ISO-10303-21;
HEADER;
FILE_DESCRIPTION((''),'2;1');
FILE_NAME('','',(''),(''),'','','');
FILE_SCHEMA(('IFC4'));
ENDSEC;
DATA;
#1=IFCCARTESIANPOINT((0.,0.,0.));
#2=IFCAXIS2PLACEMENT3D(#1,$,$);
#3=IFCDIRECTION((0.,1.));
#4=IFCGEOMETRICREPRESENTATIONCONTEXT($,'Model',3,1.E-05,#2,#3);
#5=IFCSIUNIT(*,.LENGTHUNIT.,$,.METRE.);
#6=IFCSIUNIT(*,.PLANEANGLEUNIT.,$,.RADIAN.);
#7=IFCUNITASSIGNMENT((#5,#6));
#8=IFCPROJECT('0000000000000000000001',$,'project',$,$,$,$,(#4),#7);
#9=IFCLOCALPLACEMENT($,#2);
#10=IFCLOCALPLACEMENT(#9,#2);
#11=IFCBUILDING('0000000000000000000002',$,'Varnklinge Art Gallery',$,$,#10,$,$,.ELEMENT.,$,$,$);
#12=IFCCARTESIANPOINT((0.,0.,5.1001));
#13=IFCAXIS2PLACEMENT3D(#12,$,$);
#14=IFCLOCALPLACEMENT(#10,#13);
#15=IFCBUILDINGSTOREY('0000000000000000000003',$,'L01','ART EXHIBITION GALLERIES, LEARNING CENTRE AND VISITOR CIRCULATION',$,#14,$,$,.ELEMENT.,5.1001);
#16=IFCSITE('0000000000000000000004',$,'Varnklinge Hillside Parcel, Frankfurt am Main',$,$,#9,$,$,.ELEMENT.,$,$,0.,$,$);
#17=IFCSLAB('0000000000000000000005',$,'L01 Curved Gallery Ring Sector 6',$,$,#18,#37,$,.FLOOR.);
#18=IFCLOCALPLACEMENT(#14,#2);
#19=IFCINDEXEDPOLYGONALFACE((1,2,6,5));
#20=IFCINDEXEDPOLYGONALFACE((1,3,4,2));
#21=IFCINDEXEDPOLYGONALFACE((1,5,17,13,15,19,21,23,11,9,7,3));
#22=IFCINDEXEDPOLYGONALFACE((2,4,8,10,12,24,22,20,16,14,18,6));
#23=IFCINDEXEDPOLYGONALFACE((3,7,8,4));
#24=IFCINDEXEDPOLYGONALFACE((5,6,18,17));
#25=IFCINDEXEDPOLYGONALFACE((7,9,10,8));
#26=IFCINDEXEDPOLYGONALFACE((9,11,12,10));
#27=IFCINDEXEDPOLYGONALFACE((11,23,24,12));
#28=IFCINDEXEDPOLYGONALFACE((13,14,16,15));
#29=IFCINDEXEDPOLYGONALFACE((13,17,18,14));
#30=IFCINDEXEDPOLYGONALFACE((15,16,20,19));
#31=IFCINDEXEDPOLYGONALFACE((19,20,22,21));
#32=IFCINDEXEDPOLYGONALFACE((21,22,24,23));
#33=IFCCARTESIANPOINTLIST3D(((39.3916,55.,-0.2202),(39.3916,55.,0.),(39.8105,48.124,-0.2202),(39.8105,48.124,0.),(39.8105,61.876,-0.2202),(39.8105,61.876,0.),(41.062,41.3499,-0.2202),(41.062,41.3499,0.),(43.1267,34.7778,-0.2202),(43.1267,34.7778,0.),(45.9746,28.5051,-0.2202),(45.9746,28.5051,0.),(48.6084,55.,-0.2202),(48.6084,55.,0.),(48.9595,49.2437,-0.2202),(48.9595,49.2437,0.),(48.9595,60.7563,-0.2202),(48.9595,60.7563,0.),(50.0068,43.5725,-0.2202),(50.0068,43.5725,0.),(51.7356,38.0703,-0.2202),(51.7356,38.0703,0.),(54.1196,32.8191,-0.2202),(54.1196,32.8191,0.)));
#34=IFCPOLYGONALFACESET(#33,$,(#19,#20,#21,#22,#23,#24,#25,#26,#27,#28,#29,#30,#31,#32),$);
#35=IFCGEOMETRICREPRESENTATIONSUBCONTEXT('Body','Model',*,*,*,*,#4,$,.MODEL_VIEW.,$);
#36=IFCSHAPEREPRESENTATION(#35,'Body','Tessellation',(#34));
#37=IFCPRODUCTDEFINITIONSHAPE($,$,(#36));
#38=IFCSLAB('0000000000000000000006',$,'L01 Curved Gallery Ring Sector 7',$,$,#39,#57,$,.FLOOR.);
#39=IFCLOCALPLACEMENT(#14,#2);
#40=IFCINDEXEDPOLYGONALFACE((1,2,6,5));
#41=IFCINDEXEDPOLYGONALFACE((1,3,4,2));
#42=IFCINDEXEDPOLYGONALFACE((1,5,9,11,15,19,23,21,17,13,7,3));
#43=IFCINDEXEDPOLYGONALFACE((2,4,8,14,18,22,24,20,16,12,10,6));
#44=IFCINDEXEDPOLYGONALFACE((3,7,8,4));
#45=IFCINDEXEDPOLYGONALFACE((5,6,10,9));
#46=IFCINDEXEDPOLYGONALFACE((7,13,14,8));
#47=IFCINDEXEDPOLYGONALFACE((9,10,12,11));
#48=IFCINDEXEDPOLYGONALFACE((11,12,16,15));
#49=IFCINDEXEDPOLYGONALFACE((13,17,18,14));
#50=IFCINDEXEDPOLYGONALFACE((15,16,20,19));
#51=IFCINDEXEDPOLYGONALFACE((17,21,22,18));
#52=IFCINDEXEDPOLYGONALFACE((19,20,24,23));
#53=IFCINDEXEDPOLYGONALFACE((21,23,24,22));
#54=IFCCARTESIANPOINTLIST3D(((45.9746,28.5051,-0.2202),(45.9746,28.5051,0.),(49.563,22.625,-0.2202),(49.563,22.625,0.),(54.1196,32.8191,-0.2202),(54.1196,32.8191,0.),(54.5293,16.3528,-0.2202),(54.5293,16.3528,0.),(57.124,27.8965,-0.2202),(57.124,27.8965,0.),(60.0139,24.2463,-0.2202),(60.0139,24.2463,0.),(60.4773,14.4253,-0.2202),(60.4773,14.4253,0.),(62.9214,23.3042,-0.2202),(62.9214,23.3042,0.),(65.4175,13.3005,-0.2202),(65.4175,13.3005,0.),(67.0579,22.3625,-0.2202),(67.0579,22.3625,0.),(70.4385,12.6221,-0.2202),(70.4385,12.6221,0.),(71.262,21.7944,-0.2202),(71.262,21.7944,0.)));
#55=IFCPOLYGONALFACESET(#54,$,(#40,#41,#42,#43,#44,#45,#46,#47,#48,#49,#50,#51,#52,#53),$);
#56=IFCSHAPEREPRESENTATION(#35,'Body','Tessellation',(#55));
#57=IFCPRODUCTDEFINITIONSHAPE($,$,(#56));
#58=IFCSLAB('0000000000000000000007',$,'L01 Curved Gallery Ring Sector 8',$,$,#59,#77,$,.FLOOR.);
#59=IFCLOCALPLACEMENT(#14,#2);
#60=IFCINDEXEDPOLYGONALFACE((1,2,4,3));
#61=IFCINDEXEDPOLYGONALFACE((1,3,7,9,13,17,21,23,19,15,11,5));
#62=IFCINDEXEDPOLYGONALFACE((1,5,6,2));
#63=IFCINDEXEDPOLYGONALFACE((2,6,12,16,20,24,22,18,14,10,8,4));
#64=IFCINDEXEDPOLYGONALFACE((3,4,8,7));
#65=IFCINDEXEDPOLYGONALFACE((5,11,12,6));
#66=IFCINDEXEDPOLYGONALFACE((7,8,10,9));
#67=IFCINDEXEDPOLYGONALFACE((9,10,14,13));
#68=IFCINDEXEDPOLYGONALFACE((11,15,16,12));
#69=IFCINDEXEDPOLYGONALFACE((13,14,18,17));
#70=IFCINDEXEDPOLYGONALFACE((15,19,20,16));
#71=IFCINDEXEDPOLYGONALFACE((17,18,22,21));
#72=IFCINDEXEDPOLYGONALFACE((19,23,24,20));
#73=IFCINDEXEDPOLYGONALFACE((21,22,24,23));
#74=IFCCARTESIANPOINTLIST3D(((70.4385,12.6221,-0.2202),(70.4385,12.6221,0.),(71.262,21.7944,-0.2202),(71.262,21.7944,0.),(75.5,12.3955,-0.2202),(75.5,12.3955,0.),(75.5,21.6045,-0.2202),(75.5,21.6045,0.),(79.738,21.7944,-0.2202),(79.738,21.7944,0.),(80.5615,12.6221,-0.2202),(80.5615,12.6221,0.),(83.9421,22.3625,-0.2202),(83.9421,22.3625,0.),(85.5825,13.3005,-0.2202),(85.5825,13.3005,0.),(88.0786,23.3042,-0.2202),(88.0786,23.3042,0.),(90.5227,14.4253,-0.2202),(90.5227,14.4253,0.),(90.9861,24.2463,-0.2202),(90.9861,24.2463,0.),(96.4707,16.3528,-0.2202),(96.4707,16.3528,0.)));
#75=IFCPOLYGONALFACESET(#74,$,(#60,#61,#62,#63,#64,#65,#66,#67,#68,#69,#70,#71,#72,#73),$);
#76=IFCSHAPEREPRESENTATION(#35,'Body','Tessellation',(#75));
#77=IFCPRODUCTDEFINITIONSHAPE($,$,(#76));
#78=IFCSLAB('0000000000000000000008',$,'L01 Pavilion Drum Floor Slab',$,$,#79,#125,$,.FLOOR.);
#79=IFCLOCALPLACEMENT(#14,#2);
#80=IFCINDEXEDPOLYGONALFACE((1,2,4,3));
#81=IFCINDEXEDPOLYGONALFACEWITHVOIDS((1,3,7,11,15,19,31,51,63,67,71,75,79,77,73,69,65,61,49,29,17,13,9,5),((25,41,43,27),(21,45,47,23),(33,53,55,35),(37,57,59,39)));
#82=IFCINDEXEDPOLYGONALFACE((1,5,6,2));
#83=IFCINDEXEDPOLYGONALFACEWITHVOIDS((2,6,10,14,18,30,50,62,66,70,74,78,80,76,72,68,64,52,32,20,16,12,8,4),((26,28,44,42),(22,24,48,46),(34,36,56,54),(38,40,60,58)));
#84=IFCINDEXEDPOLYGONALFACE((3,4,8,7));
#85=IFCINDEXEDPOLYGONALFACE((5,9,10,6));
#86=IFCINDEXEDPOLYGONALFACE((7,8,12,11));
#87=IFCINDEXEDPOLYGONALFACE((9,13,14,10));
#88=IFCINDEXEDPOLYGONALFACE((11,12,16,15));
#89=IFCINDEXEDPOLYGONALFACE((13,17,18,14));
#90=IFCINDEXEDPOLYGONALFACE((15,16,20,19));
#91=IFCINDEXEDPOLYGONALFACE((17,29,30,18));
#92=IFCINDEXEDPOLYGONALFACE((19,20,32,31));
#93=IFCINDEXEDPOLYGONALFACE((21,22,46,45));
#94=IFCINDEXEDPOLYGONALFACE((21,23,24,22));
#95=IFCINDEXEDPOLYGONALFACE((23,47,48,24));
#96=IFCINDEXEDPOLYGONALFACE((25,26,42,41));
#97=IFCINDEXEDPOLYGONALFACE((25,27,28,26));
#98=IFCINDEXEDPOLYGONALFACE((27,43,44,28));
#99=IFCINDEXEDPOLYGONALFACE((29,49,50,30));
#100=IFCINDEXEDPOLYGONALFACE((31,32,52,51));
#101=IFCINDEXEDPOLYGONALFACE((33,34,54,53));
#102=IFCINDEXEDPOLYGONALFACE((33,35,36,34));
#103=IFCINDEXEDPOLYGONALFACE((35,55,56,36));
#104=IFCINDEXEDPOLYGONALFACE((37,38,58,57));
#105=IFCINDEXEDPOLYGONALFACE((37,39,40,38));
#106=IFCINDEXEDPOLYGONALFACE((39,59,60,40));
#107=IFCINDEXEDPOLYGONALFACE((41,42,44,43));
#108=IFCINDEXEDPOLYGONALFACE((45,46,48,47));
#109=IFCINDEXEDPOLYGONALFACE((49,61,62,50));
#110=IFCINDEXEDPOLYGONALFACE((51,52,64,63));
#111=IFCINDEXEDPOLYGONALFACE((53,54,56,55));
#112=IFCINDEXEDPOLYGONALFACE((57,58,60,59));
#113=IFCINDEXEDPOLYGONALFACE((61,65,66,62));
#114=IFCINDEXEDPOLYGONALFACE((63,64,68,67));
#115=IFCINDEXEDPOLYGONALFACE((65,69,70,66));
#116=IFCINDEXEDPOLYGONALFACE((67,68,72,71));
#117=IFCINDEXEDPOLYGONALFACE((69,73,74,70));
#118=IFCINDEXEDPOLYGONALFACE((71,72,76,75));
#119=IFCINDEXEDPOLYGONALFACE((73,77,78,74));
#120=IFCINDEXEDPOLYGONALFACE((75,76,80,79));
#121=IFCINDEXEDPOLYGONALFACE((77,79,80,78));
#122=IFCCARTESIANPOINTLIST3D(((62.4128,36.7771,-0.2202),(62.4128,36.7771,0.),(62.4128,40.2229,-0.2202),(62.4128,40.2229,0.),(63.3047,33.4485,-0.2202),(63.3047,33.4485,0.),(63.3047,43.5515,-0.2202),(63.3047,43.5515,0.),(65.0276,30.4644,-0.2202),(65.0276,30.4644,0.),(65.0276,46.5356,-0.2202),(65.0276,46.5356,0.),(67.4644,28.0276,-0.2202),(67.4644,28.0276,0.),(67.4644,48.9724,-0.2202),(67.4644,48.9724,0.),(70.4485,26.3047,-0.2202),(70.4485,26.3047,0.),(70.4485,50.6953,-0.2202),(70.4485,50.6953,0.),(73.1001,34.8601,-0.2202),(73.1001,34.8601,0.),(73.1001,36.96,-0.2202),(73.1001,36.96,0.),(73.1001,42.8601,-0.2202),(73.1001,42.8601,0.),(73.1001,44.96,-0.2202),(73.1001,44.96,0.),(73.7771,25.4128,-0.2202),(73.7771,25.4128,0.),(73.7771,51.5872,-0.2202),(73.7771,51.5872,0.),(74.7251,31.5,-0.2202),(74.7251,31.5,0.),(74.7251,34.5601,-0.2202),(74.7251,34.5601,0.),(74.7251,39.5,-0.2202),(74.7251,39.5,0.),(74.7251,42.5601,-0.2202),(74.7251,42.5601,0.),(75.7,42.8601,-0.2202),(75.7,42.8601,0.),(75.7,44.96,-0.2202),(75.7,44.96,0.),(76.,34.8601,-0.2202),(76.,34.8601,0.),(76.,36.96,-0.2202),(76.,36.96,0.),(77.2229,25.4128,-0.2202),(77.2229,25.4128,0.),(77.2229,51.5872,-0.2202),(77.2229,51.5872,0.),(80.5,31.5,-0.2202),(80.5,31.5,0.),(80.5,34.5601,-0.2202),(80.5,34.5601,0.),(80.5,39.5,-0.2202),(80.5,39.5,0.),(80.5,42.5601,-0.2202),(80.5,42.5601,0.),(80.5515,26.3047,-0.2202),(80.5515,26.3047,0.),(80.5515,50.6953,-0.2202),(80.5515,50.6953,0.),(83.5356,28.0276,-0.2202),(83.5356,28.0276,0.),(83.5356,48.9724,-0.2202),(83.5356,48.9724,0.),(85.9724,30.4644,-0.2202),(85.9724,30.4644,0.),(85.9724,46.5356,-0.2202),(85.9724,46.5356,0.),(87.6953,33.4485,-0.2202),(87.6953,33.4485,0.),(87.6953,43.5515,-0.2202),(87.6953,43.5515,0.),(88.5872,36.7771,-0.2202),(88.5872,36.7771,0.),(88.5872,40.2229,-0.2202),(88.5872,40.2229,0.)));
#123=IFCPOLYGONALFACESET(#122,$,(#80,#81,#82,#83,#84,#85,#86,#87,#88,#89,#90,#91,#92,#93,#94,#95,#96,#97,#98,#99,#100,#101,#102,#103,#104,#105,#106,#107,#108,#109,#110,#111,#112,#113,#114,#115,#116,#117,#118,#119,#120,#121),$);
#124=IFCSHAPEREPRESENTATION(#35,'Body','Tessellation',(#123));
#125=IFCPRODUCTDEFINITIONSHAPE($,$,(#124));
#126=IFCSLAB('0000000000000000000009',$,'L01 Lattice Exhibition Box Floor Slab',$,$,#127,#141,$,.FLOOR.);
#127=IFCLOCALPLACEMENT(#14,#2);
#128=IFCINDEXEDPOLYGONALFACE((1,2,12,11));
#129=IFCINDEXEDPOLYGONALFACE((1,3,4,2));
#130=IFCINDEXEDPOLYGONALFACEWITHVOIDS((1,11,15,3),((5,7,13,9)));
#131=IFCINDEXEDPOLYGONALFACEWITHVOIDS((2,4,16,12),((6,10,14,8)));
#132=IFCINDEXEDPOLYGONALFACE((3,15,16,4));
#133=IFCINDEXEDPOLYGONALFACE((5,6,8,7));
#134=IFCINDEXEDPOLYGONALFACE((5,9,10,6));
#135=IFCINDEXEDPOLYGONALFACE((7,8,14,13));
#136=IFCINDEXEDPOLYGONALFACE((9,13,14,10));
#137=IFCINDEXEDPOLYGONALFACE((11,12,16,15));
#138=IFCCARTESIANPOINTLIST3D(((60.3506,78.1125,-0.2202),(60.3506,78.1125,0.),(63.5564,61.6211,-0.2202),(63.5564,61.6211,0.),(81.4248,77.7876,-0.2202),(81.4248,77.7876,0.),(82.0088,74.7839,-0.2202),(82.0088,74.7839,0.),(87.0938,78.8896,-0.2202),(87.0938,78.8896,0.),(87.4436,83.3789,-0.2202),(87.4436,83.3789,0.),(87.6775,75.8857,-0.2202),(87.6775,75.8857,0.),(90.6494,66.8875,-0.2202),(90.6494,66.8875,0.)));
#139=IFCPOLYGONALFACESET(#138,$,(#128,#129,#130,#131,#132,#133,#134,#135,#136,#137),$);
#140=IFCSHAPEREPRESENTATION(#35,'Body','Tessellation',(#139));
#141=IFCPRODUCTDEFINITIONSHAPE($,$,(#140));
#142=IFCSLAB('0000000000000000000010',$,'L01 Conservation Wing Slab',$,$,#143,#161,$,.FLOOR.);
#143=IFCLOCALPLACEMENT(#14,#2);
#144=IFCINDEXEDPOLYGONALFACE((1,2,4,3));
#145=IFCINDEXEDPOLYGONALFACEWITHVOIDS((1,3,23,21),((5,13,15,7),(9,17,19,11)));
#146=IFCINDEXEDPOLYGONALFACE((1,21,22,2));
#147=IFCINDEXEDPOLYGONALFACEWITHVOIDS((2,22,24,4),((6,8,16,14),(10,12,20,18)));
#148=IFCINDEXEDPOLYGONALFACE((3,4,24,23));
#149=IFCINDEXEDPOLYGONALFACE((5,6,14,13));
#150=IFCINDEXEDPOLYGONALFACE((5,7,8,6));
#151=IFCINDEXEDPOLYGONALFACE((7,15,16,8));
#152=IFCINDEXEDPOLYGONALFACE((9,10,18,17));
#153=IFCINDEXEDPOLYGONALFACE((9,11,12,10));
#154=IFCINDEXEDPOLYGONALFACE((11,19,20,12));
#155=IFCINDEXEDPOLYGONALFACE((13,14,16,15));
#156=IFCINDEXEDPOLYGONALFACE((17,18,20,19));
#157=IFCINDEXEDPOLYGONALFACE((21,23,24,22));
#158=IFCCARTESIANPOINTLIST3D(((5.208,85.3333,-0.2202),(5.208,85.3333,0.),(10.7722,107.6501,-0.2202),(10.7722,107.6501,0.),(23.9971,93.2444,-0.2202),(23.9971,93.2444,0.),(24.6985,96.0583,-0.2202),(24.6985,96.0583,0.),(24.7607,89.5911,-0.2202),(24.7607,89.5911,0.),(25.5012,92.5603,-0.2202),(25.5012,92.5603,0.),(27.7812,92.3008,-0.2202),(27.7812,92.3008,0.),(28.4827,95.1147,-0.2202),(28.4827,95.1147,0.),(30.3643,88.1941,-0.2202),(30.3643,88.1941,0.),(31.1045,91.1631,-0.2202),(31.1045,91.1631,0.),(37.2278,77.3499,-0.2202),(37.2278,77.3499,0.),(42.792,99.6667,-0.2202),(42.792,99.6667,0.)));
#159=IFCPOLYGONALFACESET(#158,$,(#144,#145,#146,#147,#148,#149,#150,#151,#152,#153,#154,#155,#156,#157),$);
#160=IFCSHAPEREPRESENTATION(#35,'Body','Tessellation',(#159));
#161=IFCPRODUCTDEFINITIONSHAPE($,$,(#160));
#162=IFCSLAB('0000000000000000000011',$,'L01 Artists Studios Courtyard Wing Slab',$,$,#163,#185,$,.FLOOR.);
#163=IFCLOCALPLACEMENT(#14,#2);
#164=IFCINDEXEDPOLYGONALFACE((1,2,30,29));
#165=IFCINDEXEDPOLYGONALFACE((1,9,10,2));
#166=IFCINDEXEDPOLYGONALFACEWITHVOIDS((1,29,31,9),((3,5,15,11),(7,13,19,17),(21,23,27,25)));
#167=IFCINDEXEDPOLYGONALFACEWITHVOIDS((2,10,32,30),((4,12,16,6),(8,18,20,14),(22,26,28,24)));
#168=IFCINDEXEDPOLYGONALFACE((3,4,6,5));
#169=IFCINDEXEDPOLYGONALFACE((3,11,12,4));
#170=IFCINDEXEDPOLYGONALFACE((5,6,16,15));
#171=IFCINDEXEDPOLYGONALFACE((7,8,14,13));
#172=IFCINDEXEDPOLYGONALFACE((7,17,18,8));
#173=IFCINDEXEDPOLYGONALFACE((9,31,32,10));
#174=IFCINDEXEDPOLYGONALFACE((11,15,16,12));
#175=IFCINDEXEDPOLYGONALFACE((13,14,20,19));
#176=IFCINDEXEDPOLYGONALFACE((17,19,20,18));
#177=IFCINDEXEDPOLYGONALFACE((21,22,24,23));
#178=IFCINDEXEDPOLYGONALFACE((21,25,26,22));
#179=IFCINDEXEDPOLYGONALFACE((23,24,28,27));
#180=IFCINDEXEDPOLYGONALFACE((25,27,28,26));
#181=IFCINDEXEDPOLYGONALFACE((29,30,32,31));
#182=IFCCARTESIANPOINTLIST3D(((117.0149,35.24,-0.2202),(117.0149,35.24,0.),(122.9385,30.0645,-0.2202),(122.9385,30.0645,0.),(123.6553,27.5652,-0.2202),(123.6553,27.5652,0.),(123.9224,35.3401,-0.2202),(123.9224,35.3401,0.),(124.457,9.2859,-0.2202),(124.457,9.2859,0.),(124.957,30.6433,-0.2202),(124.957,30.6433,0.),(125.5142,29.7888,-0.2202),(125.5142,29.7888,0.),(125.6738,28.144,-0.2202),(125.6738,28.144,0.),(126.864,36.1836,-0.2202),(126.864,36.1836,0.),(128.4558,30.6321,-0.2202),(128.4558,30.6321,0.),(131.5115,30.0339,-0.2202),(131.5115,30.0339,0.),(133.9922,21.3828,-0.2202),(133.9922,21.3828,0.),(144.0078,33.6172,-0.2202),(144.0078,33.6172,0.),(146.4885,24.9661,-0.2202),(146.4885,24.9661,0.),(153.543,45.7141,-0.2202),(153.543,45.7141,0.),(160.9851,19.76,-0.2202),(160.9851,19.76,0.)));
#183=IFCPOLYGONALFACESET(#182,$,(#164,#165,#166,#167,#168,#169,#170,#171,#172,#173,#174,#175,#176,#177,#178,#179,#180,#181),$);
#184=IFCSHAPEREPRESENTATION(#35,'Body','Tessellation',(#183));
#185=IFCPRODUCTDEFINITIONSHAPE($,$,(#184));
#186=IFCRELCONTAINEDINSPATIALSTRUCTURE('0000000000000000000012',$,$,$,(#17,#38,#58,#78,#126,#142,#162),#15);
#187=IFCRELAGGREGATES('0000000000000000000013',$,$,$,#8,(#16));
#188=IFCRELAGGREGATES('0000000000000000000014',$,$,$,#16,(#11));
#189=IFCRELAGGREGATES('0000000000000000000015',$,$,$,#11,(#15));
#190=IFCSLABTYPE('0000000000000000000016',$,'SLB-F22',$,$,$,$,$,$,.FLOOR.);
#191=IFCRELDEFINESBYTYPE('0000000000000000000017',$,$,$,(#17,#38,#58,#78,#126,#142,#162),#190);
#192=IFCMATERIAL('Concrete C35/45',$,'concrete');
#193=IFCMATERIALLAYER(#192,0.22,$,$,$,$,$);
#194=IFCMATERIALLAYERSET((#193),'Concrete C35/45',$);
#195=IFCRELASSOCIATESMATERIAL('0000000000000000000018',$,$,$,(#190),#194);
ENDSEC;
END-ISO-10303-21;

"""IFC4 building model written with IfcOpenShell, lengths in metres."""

from ifc_helpers import new_model, si_unit, direction, frame, origin, place, context, subcontext, project, spatial, polyline, outline, extrude, material, layer, layer_set, type_object, element, save


model = new_model("IFC4")

# Units and contexts
model_context = context("Model", 3, precision=1e-05, world=origin(), true_north=direction((0.0, 1.0)))
body_context = subcontext(model_context, "Body", "Model", "MODEL_VIEW")
ifc_project = project(units=[si_unit("LENGTHUNIT", "METRE"), si_unit("PLANEANGLEUNIT", "RADIAN")], contexts=[model_context])

# Site, building, storey
site_placement = place(None, origin())
site = spatial("IfcSite", under=ifc_project, at=site_placement, Name="Varnklinge Hillside Parcel, Frankfurt am Main", CompositionType="ELEMENT", RefElevation=0.0)
building_placement = place(site_placement, origin())
building = spatial("IfcBuilding", under=site, at=building_placement, Name="Varnklinge Art Gallery", CompositionType="ELEMENT")
storey_placement = place(building_placement, frame((0.0, 0.0, 5.1001)))
storey = spatial("IfcBuildingStorey", under=building, at=storey_placement, Name="L01", Description="ART EXHIBITION GALLERIES, LEARNING CENTRE AND VISITOR CIRCULATION", CompositionType="ELEMENT", Elevation=5.1001)

# Slabs
ifc_material_1 = material(Name="Concrete C35/45", Category="concrete")
ifc_layer_1 = layer(ifc_material_1, 0.22)
ifc_layer_set_1 = layer_set([ifc_layer_1], Name="Concrete C35/45")
slab_type_1 = type_object("IfcSlabType", Name="SLB-F22", PredefinedType="FLOOR", material=ifc_layer_set_1)
slab_1_placement = place(storey_placement, frame((0.0, 0.0, -0.2202)))
element("IfcSlab", 1, at=slab_1_placement, inside=storey, type_object=slab_type_1, Name="L01 Curved Gallery Ring Sector 6", PredefinedType="FLOOR", context=body_context, shape_type="SweptSolid", body=[
    extrude(outline(polyline([(39.3916, 55.0), (39.8105, 48.124), (41.062, 41.3499), (43.1267, 34.7778), (45.9746, 28.5051), (54.1196, 32.8191), (51.7356, 38.0703), (50.0068, 43.5725), (48.9595, 49.2437), (48.6084, 55.0), (48.9595, 60.7563), (39.8105, 61.876), (39.3916, 55.0)])), origin(), (0.0, 0.0, 1.0), 0.2202),
])
slab_2_placement = place(storey_placement, frame((0.0, 0.0, -0.2202)))
element("IfcSlab", 2, at=slab_2_placement, inside=storey, type_object=slab_type_1, Name="L01 Curved Gallery Ring Sector 7", PredefinedType="FLOOR", context=body_context, shape_type="SweptSolid", body=[
    extrude(outline(polyline([(49.563, 22.625), (54.5293, 16.3528), (60.4773, 14.4253), (65.4175, 13.3005), (70.4385, 12.6221), (71.262, 21.7944), (67.0579, 22.3625), (62.9214, 23.3042), (60.0139, 24.2463), (57.124, 27.8965), (54.1196, 32.8191), (45.9746, 28.5051), (49.563, 22.625)])), origin(), (0.0, 0.0, 1.0), 0.2202),
])
slab_3_placement = place(storey_placement, frame((0.0, 0.0, -0.2202)))
element("IfcSlab", 3, at=slab_3_placement, inside=storey, type_object=slab_type_1, Name="L01 Curved Gallery Ring Sector 8", PredefinedType="FLOOR", context=body_context, shape_type="SweptSolid", body=[
    extrude(outline(polyline([(75.5, 12.3955), (80.5615, 12.6221), (85.5825, 13.3005), (90.5227, 14.4253), (96.4707, 16.3528), (90.9861, 24.2463), (88.0786, 23.3042), (83.9421, 22.3625), (79.738, 21.7944), (75.5, 21.6045), (71.262, 21.7944), (70.4385, 12.6221), (75.5, 12.3955)])), origin(), (0.0, 0.0, 1.0), 0.2202),
])
slab_4_placement = place(storey_placement, frame((0.0, 0.0, -0.2202)))
element("IfcSlab", 4, at=slab_4_placement, inside=storey, type_object=slab_type_1, Name="L01 Pavilion Drum Floor Slab", PredefinedType="FLOOR", context=body_context, shape_type="SweptSolid", body=[
    extrude(outline(polyline([(85.9724, 30.4644), (87.6953, 33.4485), (88.5872, 36.7771), (88.5872, 40.2229), (87.6953, 43.5515), (85.9724, 46.5356), (83.5356, 48.9724), (80.5515, 50.6953), (77.2229, 51.5872), (73.7771, 51.5872), (70.4485, 50.6953), (67.4644, 48.9724), (65.0276, 46.5356), (63.3047, 43.5515), (62.4128, 40.2229), (62.4128, 36.7771), (63.3047, 33.4485), (65.0276, 30.4644), (67.4644, 28.0276), (70.4485, 26.3047), (73.7771, 25.4128), (77.2229, 25.4128), (80.5515, 26.3047), (83.5356, 28.0276), (85.9724, 30.4644)]), holes=[polyline([(74.7251, 31.5), (74.7251, 34.5601), (80.5, 34.5601), (80.5, 31.5), (74.7251, 31.5)]), polyline([(73.1001, 36.96), (76.0, 36.96), (76.0, 34.8601), (73.1001, 34.8601), (73.1001, 36.96)]), polyline([(80.5, 42.5601), (80.5, 39.5), (74.7251, 39.5), (74.7251, 42.5601), (80.5, 42.5601)]), polyline([(75.7, 42.8601), (73.1001, 42.8601), (73.1001, 44.96), (75.7, 44.96), (75.7, 42.8601)])]), origin(), (0.0, 0.0, 1.0), 0.2202),
])
slab_5_placement = place(storey_placement, frame((0.0, 0.0, -0.2202)))
element("IfcSlab", 5, at=slab_5_placement, inside=storey, type_object=slab_type_1, Name="L01 Lattice Exhibition Box Floor Slab", PredefinedType="FLOOR", context=body_context, shape_type="SweptSolid", body=[
    extrude(outline(polyline([(63.5564, 61.6211), (90.6494, 66.8875), (87.4436, 83.3789), (60.3506, 78.1125), (63.5564, 61.6211)]), holes=[polyline([(81.4248, 77.7876), (87.0938, 78.8896), (87.6775, 75.8857), (82.0088, 74.7839), (81.4248, 77.7876)])]), origin(), (0.0, 0.0, 1.0), 0.2202),
])
slab_6_placement = place(storey_placement, frame((0.0, 0.0, -0.2202)))
element("IfcSlab", 6, at=slab_6_placement, inside=storey, type_object=slab_type_1, Name="L01 Conservation Wing Slab", PredefinedType="FLOOR", context=body_context, shape_type="SweptSolid", body=[
    extrude(outline(polyline([(10.7722, 107.6501), (5.208, 85.3333), (37.2278, 77.3499), (42.792, 99.6667), (10.7722, 107.6501)]), holes=[polyline([(25.5012, 92.5603), (31.1045, 91.1631), (30.3643, 88.1941), (24.7607, 89.5911), (25.5012, 92.5603)]), polyline([(28.4827, 95.1147), (27.7812, 92.3008), (23.9971, 93.2444), (24.6985, 96.0583), (28.4827, 95.1147)])]), origin(), (0.0, 0.0, 1.0), 0.2202),
])
slab_7_placement = place(storey_placement, frame((0.0, 0.0, -0.2202)))
element("IfcSlab", 7, at=slab_7_placement, inside=storey, type_object=slab_type_1, Name="L01 Artists Studios Courtyard Wing Slab", PredefinedType="FLOOR", context=body_context, shape_type="SweptSolid", body=[
    extrude(outline(polyline([(153.543, 45.7141), (117.0149, 35.24), (124.457, 9.2859), (160.9851, 19.76), (153.543, 45.7141)]), holes=[polyline([(133.9922, 21.3828), (131.5115, 30.0339), (144.0078, 33.6172), (146.4885, 24.9661), (133.9922, 21.3828)]), polyline([(122.9385, 30.0645), (124.957, 30.6433), (125.6738, 28.144), (123.6553, 27.5652), (122.9385, 30.0645)]), polyline([(126.864, 36.1836), (128.4558, 30.6321), (125.5142, 29.7888), (123.9224, 35.3401), (126.864, 36.1836)])]), origin(), (0.0, 0.0, 1.0), 0.2202),
])

save(model, "model.ifc")
